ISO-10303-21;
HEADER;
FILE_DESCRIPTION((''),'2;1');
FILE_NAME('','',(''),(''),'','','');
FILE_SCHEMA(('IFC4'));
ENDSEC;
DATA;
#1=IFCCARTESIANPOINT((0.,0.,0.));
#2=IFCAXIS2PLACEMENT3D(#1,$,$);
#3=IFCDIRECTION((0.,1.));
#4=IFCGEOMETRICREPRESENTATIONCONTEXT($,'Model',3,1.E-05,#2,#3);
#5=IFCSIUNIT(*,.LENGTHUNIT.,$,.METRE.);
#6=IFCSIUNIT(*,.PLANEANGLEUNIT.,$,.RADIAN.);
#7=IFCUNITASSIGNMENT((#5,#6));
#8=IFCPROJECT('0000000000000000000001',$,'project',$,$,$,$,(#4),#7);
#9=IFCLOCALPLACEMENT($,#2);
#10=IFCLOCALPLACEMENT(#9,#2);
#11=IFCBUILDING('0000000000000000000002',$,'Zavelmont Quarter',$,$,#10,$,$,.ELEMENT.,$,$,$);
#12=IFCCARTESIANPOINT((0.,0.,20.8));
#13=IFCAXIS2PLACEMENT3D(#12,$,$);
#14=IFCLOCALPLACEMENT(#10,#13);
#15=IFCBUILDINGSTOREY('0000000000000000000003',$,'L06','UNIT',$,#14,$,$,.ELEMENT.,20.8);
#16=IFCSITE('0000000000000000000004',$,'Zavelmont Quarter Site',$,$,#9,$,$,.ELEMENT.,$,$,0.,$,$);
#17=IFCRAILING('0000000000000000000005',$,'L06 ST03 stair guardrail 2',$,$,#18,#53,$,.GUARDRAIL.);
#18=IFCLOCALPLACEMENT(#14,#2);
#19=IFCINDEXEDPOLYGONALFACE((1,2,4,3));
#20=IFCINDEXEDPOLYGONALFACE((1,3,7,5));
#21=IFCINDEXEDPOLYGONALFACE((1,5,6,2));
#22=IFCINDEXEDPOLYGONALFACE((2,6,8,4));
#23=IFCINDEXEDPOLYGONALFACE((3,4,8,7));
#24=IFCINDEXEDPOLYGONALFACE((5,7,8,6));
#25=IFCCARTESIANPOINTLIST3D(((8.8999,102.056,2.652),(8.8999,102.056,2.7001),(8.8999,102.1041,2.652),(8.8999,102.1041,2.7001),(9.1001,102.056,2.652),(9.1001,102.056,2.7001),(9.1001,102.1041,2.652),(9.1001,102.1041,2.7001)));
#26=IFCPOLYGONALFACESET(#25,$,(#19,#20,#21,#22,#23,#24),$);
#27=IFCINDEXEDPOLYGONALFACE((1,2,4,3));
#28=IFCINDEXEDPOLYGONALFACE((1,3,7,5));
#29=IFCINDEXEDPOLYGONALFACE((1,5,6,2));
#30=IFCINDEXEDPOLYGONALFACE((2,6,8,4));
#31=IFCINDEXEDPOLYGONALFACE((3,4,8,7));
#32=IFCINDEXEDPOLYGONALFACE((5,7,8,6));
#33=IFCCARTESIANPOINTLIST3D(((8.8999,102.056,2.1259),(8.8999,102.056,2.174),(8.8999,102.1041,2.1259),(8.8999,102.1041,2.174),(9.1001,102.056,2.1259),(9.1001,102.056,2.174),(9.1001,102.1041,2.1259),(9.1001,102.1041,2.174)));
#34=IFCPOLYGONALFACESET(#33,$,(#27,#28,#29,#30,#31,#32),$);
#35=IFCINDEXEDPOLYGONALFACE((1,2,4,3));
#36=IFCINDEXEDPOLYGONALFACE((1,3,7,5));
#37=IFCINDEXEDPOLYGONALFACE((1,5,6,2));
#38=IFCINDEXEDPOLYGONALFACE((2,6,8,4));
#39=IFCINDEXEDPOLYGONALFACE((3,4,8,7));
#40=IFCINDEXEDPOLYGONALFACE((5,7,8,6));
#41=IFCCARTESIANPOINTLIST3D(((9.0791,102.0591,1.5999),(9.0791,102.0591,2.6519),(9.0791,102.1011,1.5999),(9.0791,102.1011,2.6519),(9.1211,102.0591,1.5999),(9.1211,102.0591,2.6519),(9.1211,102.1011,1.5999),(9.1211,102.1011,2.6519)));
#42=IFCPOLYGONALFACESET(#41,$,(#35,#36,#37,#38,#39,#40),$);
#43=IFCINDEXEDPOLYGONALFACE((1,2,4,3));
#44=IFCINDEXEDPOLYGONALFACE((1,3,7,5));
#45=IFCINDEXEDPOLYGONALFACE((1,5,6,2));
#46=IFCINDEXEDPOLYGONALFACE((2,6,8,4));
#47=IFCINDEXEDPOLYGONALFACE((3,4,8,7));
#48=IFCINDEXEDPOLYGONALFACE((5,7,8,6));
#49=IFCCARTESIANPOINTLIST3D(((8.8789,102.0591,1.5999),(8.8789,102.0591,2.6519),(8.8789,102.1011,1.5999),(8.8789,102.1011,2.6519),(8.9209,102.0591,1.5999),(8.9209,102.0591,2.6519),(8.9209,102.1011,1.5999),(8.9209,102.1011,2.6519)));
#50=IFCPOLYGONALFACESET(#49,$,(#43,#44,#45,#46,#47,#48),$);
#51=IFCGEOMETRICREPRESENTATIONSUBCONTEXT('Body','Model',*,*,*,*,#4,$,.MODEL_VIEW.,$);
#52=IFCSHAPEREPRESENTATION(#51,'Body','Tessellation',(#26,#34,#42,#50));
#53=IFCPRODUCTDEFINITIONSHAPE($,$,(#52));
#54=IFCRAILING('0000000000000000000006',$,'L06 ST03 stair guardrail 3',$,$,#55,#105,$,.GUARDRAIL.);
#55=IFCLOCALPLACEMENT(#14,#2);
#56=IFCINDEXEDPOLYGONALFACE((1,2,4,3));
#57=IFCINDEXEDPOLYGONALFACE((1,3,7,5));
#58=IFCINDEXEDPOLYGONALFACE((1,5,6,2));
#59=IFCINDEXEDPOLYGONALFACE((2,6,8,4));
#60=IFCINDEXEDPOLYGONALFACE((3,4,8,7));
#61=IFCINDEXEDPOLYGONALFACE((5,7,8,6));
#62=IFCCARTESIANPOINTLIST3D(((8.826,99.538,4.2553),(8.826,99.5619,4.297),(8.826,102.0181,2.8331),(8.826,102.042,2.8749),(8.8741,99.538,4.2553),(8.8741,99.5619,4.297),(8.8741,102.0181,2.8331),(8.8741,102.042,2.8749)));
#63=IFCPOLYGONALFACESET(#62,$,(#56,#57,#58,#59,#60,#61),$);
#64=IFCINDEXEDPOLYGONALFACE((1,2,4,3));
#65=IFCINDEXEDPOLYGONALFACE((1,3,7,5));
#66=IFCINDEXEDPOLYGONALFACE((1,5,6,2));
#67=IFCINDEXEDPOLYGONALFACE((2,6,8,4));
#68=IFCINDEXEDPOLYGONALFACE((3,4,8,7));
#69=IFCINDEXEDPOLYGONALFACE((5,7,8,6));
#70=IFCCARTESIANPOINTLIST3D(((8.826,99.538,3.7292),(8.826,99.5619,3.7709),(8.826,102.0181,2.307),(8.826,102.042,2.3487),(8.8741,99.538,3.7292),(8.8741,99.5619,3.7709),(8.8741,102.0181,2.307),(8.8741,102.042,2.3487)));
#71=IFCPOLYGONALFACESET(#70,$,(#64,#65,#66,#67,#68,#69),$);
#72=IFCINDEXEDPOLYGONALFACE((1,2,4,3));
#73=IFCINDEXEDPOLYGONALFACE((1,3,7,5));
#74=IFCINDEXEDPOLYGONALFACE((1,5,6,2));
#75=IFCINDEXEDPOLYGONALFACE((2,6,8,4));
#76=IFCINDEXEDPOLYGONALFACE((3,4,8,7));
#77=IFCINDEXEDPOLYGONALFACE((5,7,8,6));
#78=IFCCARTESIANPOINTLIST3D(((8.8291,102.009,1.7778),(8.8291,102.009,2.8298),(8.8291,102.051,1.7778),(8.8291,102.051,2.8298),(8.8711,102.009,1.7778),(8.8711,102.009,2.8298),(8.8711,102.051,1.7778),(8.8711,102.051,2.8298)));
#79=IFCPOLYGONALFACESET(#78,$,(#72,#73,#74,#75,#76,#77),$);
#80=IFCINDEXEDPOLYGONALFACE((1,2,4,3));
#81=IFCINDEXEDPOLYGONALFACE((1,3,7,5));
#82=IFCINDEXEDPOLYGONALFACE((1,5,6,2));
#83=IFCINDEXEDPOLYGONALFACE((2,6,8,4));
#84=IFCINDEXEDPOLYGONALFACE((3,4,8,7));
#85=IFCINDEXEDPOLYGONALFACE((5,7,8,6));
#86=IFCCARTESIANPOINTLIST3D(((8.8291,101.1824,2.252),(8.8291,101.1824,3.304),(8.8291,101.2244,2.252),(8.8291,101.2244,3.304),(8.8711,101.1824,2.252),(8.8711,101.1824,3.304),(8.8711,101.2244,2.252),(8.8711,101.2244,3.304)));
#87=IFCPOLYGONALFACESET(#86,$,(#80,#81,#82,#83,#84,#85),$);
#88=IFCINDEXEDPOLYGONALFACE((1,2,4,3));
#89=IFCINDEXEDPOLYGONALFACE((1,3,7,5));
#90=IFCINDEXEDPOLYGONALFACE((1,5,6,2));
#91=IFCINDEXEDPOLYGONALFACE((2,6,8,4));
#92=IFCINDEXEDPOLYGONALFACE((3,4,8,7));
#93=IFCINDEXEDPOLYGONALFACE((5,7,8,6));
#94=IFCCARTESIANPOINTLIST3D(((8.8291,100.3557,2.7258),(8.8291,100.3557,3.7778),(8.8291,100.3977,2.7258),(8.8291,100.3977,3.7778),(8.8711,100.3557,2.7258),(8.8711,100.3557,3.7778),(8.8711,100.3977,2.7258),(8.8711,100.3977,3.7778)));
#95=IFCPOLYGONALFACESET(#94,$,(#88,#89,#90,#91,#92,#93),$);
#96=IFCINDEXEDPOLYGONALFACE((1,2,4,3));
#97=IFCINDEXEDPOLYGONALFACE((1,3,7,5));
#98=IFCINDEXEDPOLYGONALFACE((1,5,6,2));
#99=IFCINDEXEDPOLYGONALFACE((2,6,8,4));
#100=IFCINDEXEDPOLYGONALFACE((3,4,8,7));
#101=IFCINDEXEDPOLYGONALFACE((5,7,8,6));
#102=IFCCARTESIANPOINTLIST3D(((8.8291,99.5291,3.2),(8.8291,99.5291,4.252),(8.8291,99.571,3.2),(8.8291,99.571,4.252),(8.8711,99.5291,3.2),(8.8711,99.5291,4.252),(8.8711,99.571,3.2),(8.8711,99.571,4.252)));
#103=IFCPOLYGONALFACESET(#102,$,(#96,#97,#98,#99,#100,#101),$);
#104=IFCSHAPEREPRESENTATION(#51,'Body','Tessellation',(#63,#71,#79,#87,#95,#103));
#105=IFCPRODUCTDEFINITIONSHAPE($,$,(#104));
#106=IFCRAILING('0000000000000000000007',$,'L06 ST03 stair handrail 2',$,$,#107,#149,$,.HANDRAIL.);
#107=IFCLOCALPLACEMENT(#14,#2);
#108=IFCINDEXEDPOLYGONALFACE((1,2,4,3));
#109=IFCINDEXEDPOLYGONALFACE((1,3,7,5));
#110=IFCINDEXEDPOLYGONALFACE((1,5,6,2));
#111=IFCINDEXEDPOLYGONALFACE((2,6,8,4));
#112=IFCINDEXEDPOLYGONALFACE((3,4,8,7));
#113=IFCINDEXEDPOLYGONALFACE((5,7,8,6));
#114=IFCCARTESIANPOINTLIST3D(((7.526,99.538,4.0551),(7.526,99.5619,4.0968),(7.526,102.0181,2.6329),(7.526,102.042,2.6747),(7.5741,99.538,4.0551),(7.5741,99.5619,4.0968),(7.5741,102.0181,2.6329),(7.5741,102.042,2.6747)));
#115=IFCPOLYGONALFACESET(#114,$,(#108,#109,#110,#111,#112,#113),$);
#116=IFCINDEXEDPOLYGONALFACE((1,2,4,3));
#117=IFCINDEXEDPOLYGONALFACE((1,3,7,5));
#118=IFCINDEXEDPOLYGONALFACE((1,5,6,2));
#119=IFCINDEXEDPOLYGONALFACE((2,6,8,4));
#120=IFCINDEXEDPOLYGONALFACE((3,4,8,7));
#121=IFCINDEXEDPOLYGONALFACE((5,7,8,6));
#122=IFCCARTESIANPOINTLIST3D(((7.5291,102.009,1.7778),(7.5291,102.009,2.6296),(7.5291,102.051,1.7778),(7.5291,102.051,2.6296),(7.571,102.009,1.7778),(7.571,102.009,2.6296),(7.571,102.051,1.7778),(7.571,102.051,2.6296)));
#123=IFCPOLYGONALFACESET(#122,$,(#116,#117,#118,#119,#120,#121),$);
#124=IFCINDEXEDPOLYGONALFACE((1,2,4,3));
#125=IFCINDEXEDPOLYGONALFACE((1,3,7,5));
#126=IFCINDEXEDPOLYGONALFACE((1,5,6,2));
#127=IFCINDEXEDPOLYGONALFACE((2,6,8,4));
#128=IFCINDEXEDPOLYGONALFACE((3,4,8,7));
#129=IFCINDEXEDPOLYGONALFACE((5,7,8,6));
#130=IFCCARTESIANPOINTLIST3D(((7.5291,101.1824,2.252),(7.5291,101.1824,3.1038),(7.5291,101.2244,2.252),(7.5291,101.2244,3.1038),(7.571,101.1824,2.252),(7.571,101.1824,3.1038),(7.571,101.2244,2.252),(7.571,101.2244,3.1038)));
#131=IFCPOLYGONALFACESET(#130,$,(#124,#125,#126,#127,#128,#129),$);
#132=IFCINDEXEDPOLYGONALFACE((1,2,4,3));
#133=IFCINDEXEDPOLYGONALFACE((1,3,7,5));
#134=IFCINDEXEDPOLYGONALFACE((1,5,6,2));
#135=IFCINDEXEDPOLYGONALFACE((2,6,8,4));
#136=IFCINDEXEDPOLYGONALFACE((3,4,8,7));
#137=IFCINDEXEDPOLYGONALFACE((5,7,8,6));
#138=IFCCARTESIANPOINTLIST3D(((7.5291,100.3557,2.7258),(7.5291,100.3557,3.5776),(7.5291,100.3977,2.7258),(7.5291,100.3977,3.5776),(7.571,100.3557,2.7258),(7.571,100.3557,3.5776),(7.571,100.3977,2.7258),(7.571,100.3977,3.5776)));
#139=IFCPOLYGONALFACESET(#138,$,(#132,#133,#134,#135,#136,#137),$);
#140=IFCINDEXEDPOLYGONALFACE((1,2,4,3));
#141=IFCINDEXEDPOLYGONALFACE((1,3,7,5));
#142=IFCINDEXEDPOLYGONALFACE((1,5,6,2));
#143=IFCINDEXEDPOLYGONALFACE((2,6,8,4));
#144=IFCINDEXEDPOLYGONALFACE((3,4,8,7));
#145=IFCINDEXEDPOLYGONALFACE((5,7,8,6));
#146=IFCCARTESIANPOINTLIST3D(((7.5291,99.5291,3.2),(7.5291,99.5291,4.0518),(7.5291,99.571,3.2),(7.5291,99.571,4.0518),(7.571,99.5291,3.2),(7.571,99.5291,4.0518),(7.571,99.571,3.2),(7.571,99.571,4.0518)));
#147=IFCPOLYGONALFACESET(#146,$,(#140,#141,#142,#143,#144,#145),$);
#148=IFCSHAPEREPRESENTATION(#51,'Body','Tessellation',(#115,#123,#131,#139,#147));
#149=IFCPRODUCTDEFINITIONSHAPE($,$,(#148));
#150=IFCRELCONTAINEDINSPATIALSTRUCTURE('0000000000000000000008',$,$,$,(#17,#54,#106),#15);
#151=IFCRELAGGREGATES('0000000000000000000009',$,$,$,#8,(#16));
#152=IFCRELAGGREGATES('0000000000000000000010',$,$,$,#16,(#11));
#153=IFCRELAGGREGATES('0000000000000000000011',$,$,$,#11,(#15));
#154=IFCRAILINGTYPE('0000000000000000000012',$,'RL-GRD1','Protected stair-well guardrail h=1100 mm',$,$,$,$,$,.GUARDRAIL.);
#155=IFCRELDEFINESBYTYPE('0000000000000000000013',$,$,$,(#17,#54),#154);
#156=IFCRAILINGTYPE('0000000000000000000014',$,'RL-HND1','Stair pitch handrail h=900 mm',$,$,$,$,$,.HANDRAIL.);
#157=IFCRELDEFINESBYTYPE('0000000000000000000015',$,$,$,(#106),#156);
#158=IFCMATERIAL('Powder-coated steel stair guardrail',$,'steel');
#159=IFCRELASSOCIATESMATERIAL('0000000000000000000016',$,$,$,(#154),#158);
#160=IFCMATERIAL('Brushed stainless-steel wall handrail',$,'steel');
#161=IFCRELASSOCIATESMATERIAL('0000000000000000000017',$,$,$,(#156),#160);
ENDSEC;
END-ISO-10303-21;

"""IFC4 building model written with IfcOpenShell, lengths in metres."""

from ifc_helpers import new_model, si_unit, direction, frame, origin, origin_2d, place, context, subcontext, project, spatial, rectangle, extrude, material, type_object, element, save


model = new_model("IFC4")

# Units and contexts
model_context = context("Model", 3, precision=1e-05, world=origin(), true_north=direction((0.0, 1.0)))
body_context = subcontext(model_context, "Body", "Model", "MODEL_VIEW")
ifc_project = project(units=[si_unit("LENGTHUNIT", "METRE"), si_unit("PLANEANGLEUNIT", "RADIAN")], contexts=[model_context])

# Site, building, storey
site_placement = place(None, origin())
site = spatial("IfcSite", under=ifc_project, at=site_placement, Name="Zavelmont Quarter Site", CompositionType="ELEMENT", RefElevation=0.0)
building_placement = place(site_placement, origin())
building = spatial("IfcBuilding", under=site, at=building_placement, Name="Zavelmont Quarter", CompositionType="ELEMENT")
storey_placement = place(building_placement, frame((0.0, 0.0, 20.8)))
storey = spatial("IfcBuildingStorey", under=building, at=storey_placement, Name="L06", Description="UNIT", CompositionType="ELEMENT", Elevation=20.8)

# Railings
ifc_material_1 = material(Name="Powder-coated steel stair guardrail", Category="steel")
railing_type_1 = type_object("IfcRailingType", Name="RL-GRD1", Description="Protected stair-well guardrail h=1100 mm", PredefinedType="GUARDRAIL", material=ifc_material_1)
railing_1_placement = place(storey_placement, frame((9.1001, 102.0801, 1.5999)))
element("IfcRailing", 1, at=railing_1_placement, inside=storey, type_object=railing_type_1, Name="L06 ST03 stair guardrail 2", PredefinedType="GUARDRAIL", context=body_context, shape_type="SweptSolid", body=[
    extrude(rectangle(XDim=0.0481, YDim=0.0481, at=origin_2d()), frame((0.0, 0.0, 1.0762), z_axis=(-1.0, 0.0, 0.0), x_axis=(0.0, -1.0, 0.0)), (0.0, 0.0, 1.0), 0.2002),
    extrude(rectangle(XDim=0.0481, YDim=0.0481, at=origin_2d()), frame((0.0, 0.0, 0.55), z_axis=(-1.0, 0.0, 0.0), x_axis=(0.0, -1.0, 0.0)), (0.0, 0.0, 1.0), 0.2002),
    extrude(rectangle(XDim=0.042, YDim=0.042, at=origin_2d()), origin(), (0.0, 0.0, 1.0), 1.052),
    extrude(rectangle(XDim=0.042, YDim=0.042, at=origin_2d()), frame((-0.2002, 0.0, 0.0)), (0.0, 0.0, 1.0), 1.052),
])
railing_2_placement = place(storey_placement, frame((8.8501, 102.03, 1.7778)))
element("IfcRailing", 2, at=railing_2_placement, inside=storey, type_object=railing_type_1, Name="L06 ST03 stair guardrail 3", PredefinedType="GUARDRAIL", context=body_context, shape_type="SweptSolid", body=[
    extrude(rectangle(XDim=0.0481, YDim=0.0481, at=origin_2d()), frame((0.0, 0.0, 1.0762), z_axis=(0.0, -0.867491, 0.497454), x_axis=(1.0, 0.0, 0.0)), (0.0, 0.0, 1.0), 2.8589),
    extrude(rectangle(XDim=0.0481, YDim=0.0481, at=origin_2d()), frame((0.0, 0.0, 0.55), z_axis=(0.0, -0.867491, 0.497454), x_axis=(1.0, 0.0, 0.0)), (0.0, 0.0, 1.0), 2.8589),
    extrude(rectangle(XDim=0.042, YDim=0.042, at=origin_2d()), origin(), (0.0, 0.0, 1.0), 1.052),
    extrude(rectangle(XDim=0.042, YDim=0.042, at=origin_2d()), frame((0.0, -0.8267, 0.4741)), (0.0, 0.0, 1.0), 1.052),
    extrude(rectangle(XDim=0.042, YDim=0.042, at=origin_2d()), frame((0.0, -1.6533, 0.948)), (0.0, 0.0, 1.0), 1.052),
    extrude(rectangle(XDim=0.042, YDim=0.042, at=origin_2d()), frame((0.0, -2.48, 1.4221)), (0.0, 0.0, 1.0), 1.052),
])
ifc_material_2 = material(Name="Brushed stainless-steel wall handrail", Category="steel")
railing_type_2 = type_object("IfcRailingType", Name="RL-HND1", Description="Stair pitch handrail h=900 mm", PredefinedType="HANDRAIL", material=ifc_material_2)
railing_3_placement = place(storey_placement, frame((7.55, 102.03, 1.7778)))
element("IfcRailing", 3, at=railing_3_placement, inside=storey, type_object=railing_type_2, Name="L06 ST03 stair handrail 2", PredefinedType="HANDRAIL", context=body_context, shape_type="SweptSolid", body=[
    extrude(rectangle(XDim=0.0481, YDim=0.0481, at=origin_2d()), frame((0.0, 0.0, 0.876), z_axis=(0.0, -0.867491, 0.497454), x_axis=(1.0, 0.0, 0.0)), (0.0, 0.0, 1.0), 2.8589),
    extrude(rectangle(XDim=0.042, YDim=0.042, at=origin_2d()), origin(), (0.0, 0.0, 1.0), 0.8518),
    extrude(rectangle(XDim=0.042, YDim=0.042, at=origin_2d()), frame((0.0, -0.8267, 0.4741)), (0.0, 0.0, 1.0), 0.8518),
    extrude(rectangle(XDim=0.042, YDim=0.042, at=origin_2d()), frame((0.0, -1.6533, 0.948)), (0.0, 0.0, 1.0), 0.8518),
    extrude(rectangle(XDim=0.042, YDim=0.042, at=origin_2d()), frame((0.0, -2.48, 1.4221)), (0.0, 0.0, 1.0), 0.8518),
])

save(model, "model.ifc")
